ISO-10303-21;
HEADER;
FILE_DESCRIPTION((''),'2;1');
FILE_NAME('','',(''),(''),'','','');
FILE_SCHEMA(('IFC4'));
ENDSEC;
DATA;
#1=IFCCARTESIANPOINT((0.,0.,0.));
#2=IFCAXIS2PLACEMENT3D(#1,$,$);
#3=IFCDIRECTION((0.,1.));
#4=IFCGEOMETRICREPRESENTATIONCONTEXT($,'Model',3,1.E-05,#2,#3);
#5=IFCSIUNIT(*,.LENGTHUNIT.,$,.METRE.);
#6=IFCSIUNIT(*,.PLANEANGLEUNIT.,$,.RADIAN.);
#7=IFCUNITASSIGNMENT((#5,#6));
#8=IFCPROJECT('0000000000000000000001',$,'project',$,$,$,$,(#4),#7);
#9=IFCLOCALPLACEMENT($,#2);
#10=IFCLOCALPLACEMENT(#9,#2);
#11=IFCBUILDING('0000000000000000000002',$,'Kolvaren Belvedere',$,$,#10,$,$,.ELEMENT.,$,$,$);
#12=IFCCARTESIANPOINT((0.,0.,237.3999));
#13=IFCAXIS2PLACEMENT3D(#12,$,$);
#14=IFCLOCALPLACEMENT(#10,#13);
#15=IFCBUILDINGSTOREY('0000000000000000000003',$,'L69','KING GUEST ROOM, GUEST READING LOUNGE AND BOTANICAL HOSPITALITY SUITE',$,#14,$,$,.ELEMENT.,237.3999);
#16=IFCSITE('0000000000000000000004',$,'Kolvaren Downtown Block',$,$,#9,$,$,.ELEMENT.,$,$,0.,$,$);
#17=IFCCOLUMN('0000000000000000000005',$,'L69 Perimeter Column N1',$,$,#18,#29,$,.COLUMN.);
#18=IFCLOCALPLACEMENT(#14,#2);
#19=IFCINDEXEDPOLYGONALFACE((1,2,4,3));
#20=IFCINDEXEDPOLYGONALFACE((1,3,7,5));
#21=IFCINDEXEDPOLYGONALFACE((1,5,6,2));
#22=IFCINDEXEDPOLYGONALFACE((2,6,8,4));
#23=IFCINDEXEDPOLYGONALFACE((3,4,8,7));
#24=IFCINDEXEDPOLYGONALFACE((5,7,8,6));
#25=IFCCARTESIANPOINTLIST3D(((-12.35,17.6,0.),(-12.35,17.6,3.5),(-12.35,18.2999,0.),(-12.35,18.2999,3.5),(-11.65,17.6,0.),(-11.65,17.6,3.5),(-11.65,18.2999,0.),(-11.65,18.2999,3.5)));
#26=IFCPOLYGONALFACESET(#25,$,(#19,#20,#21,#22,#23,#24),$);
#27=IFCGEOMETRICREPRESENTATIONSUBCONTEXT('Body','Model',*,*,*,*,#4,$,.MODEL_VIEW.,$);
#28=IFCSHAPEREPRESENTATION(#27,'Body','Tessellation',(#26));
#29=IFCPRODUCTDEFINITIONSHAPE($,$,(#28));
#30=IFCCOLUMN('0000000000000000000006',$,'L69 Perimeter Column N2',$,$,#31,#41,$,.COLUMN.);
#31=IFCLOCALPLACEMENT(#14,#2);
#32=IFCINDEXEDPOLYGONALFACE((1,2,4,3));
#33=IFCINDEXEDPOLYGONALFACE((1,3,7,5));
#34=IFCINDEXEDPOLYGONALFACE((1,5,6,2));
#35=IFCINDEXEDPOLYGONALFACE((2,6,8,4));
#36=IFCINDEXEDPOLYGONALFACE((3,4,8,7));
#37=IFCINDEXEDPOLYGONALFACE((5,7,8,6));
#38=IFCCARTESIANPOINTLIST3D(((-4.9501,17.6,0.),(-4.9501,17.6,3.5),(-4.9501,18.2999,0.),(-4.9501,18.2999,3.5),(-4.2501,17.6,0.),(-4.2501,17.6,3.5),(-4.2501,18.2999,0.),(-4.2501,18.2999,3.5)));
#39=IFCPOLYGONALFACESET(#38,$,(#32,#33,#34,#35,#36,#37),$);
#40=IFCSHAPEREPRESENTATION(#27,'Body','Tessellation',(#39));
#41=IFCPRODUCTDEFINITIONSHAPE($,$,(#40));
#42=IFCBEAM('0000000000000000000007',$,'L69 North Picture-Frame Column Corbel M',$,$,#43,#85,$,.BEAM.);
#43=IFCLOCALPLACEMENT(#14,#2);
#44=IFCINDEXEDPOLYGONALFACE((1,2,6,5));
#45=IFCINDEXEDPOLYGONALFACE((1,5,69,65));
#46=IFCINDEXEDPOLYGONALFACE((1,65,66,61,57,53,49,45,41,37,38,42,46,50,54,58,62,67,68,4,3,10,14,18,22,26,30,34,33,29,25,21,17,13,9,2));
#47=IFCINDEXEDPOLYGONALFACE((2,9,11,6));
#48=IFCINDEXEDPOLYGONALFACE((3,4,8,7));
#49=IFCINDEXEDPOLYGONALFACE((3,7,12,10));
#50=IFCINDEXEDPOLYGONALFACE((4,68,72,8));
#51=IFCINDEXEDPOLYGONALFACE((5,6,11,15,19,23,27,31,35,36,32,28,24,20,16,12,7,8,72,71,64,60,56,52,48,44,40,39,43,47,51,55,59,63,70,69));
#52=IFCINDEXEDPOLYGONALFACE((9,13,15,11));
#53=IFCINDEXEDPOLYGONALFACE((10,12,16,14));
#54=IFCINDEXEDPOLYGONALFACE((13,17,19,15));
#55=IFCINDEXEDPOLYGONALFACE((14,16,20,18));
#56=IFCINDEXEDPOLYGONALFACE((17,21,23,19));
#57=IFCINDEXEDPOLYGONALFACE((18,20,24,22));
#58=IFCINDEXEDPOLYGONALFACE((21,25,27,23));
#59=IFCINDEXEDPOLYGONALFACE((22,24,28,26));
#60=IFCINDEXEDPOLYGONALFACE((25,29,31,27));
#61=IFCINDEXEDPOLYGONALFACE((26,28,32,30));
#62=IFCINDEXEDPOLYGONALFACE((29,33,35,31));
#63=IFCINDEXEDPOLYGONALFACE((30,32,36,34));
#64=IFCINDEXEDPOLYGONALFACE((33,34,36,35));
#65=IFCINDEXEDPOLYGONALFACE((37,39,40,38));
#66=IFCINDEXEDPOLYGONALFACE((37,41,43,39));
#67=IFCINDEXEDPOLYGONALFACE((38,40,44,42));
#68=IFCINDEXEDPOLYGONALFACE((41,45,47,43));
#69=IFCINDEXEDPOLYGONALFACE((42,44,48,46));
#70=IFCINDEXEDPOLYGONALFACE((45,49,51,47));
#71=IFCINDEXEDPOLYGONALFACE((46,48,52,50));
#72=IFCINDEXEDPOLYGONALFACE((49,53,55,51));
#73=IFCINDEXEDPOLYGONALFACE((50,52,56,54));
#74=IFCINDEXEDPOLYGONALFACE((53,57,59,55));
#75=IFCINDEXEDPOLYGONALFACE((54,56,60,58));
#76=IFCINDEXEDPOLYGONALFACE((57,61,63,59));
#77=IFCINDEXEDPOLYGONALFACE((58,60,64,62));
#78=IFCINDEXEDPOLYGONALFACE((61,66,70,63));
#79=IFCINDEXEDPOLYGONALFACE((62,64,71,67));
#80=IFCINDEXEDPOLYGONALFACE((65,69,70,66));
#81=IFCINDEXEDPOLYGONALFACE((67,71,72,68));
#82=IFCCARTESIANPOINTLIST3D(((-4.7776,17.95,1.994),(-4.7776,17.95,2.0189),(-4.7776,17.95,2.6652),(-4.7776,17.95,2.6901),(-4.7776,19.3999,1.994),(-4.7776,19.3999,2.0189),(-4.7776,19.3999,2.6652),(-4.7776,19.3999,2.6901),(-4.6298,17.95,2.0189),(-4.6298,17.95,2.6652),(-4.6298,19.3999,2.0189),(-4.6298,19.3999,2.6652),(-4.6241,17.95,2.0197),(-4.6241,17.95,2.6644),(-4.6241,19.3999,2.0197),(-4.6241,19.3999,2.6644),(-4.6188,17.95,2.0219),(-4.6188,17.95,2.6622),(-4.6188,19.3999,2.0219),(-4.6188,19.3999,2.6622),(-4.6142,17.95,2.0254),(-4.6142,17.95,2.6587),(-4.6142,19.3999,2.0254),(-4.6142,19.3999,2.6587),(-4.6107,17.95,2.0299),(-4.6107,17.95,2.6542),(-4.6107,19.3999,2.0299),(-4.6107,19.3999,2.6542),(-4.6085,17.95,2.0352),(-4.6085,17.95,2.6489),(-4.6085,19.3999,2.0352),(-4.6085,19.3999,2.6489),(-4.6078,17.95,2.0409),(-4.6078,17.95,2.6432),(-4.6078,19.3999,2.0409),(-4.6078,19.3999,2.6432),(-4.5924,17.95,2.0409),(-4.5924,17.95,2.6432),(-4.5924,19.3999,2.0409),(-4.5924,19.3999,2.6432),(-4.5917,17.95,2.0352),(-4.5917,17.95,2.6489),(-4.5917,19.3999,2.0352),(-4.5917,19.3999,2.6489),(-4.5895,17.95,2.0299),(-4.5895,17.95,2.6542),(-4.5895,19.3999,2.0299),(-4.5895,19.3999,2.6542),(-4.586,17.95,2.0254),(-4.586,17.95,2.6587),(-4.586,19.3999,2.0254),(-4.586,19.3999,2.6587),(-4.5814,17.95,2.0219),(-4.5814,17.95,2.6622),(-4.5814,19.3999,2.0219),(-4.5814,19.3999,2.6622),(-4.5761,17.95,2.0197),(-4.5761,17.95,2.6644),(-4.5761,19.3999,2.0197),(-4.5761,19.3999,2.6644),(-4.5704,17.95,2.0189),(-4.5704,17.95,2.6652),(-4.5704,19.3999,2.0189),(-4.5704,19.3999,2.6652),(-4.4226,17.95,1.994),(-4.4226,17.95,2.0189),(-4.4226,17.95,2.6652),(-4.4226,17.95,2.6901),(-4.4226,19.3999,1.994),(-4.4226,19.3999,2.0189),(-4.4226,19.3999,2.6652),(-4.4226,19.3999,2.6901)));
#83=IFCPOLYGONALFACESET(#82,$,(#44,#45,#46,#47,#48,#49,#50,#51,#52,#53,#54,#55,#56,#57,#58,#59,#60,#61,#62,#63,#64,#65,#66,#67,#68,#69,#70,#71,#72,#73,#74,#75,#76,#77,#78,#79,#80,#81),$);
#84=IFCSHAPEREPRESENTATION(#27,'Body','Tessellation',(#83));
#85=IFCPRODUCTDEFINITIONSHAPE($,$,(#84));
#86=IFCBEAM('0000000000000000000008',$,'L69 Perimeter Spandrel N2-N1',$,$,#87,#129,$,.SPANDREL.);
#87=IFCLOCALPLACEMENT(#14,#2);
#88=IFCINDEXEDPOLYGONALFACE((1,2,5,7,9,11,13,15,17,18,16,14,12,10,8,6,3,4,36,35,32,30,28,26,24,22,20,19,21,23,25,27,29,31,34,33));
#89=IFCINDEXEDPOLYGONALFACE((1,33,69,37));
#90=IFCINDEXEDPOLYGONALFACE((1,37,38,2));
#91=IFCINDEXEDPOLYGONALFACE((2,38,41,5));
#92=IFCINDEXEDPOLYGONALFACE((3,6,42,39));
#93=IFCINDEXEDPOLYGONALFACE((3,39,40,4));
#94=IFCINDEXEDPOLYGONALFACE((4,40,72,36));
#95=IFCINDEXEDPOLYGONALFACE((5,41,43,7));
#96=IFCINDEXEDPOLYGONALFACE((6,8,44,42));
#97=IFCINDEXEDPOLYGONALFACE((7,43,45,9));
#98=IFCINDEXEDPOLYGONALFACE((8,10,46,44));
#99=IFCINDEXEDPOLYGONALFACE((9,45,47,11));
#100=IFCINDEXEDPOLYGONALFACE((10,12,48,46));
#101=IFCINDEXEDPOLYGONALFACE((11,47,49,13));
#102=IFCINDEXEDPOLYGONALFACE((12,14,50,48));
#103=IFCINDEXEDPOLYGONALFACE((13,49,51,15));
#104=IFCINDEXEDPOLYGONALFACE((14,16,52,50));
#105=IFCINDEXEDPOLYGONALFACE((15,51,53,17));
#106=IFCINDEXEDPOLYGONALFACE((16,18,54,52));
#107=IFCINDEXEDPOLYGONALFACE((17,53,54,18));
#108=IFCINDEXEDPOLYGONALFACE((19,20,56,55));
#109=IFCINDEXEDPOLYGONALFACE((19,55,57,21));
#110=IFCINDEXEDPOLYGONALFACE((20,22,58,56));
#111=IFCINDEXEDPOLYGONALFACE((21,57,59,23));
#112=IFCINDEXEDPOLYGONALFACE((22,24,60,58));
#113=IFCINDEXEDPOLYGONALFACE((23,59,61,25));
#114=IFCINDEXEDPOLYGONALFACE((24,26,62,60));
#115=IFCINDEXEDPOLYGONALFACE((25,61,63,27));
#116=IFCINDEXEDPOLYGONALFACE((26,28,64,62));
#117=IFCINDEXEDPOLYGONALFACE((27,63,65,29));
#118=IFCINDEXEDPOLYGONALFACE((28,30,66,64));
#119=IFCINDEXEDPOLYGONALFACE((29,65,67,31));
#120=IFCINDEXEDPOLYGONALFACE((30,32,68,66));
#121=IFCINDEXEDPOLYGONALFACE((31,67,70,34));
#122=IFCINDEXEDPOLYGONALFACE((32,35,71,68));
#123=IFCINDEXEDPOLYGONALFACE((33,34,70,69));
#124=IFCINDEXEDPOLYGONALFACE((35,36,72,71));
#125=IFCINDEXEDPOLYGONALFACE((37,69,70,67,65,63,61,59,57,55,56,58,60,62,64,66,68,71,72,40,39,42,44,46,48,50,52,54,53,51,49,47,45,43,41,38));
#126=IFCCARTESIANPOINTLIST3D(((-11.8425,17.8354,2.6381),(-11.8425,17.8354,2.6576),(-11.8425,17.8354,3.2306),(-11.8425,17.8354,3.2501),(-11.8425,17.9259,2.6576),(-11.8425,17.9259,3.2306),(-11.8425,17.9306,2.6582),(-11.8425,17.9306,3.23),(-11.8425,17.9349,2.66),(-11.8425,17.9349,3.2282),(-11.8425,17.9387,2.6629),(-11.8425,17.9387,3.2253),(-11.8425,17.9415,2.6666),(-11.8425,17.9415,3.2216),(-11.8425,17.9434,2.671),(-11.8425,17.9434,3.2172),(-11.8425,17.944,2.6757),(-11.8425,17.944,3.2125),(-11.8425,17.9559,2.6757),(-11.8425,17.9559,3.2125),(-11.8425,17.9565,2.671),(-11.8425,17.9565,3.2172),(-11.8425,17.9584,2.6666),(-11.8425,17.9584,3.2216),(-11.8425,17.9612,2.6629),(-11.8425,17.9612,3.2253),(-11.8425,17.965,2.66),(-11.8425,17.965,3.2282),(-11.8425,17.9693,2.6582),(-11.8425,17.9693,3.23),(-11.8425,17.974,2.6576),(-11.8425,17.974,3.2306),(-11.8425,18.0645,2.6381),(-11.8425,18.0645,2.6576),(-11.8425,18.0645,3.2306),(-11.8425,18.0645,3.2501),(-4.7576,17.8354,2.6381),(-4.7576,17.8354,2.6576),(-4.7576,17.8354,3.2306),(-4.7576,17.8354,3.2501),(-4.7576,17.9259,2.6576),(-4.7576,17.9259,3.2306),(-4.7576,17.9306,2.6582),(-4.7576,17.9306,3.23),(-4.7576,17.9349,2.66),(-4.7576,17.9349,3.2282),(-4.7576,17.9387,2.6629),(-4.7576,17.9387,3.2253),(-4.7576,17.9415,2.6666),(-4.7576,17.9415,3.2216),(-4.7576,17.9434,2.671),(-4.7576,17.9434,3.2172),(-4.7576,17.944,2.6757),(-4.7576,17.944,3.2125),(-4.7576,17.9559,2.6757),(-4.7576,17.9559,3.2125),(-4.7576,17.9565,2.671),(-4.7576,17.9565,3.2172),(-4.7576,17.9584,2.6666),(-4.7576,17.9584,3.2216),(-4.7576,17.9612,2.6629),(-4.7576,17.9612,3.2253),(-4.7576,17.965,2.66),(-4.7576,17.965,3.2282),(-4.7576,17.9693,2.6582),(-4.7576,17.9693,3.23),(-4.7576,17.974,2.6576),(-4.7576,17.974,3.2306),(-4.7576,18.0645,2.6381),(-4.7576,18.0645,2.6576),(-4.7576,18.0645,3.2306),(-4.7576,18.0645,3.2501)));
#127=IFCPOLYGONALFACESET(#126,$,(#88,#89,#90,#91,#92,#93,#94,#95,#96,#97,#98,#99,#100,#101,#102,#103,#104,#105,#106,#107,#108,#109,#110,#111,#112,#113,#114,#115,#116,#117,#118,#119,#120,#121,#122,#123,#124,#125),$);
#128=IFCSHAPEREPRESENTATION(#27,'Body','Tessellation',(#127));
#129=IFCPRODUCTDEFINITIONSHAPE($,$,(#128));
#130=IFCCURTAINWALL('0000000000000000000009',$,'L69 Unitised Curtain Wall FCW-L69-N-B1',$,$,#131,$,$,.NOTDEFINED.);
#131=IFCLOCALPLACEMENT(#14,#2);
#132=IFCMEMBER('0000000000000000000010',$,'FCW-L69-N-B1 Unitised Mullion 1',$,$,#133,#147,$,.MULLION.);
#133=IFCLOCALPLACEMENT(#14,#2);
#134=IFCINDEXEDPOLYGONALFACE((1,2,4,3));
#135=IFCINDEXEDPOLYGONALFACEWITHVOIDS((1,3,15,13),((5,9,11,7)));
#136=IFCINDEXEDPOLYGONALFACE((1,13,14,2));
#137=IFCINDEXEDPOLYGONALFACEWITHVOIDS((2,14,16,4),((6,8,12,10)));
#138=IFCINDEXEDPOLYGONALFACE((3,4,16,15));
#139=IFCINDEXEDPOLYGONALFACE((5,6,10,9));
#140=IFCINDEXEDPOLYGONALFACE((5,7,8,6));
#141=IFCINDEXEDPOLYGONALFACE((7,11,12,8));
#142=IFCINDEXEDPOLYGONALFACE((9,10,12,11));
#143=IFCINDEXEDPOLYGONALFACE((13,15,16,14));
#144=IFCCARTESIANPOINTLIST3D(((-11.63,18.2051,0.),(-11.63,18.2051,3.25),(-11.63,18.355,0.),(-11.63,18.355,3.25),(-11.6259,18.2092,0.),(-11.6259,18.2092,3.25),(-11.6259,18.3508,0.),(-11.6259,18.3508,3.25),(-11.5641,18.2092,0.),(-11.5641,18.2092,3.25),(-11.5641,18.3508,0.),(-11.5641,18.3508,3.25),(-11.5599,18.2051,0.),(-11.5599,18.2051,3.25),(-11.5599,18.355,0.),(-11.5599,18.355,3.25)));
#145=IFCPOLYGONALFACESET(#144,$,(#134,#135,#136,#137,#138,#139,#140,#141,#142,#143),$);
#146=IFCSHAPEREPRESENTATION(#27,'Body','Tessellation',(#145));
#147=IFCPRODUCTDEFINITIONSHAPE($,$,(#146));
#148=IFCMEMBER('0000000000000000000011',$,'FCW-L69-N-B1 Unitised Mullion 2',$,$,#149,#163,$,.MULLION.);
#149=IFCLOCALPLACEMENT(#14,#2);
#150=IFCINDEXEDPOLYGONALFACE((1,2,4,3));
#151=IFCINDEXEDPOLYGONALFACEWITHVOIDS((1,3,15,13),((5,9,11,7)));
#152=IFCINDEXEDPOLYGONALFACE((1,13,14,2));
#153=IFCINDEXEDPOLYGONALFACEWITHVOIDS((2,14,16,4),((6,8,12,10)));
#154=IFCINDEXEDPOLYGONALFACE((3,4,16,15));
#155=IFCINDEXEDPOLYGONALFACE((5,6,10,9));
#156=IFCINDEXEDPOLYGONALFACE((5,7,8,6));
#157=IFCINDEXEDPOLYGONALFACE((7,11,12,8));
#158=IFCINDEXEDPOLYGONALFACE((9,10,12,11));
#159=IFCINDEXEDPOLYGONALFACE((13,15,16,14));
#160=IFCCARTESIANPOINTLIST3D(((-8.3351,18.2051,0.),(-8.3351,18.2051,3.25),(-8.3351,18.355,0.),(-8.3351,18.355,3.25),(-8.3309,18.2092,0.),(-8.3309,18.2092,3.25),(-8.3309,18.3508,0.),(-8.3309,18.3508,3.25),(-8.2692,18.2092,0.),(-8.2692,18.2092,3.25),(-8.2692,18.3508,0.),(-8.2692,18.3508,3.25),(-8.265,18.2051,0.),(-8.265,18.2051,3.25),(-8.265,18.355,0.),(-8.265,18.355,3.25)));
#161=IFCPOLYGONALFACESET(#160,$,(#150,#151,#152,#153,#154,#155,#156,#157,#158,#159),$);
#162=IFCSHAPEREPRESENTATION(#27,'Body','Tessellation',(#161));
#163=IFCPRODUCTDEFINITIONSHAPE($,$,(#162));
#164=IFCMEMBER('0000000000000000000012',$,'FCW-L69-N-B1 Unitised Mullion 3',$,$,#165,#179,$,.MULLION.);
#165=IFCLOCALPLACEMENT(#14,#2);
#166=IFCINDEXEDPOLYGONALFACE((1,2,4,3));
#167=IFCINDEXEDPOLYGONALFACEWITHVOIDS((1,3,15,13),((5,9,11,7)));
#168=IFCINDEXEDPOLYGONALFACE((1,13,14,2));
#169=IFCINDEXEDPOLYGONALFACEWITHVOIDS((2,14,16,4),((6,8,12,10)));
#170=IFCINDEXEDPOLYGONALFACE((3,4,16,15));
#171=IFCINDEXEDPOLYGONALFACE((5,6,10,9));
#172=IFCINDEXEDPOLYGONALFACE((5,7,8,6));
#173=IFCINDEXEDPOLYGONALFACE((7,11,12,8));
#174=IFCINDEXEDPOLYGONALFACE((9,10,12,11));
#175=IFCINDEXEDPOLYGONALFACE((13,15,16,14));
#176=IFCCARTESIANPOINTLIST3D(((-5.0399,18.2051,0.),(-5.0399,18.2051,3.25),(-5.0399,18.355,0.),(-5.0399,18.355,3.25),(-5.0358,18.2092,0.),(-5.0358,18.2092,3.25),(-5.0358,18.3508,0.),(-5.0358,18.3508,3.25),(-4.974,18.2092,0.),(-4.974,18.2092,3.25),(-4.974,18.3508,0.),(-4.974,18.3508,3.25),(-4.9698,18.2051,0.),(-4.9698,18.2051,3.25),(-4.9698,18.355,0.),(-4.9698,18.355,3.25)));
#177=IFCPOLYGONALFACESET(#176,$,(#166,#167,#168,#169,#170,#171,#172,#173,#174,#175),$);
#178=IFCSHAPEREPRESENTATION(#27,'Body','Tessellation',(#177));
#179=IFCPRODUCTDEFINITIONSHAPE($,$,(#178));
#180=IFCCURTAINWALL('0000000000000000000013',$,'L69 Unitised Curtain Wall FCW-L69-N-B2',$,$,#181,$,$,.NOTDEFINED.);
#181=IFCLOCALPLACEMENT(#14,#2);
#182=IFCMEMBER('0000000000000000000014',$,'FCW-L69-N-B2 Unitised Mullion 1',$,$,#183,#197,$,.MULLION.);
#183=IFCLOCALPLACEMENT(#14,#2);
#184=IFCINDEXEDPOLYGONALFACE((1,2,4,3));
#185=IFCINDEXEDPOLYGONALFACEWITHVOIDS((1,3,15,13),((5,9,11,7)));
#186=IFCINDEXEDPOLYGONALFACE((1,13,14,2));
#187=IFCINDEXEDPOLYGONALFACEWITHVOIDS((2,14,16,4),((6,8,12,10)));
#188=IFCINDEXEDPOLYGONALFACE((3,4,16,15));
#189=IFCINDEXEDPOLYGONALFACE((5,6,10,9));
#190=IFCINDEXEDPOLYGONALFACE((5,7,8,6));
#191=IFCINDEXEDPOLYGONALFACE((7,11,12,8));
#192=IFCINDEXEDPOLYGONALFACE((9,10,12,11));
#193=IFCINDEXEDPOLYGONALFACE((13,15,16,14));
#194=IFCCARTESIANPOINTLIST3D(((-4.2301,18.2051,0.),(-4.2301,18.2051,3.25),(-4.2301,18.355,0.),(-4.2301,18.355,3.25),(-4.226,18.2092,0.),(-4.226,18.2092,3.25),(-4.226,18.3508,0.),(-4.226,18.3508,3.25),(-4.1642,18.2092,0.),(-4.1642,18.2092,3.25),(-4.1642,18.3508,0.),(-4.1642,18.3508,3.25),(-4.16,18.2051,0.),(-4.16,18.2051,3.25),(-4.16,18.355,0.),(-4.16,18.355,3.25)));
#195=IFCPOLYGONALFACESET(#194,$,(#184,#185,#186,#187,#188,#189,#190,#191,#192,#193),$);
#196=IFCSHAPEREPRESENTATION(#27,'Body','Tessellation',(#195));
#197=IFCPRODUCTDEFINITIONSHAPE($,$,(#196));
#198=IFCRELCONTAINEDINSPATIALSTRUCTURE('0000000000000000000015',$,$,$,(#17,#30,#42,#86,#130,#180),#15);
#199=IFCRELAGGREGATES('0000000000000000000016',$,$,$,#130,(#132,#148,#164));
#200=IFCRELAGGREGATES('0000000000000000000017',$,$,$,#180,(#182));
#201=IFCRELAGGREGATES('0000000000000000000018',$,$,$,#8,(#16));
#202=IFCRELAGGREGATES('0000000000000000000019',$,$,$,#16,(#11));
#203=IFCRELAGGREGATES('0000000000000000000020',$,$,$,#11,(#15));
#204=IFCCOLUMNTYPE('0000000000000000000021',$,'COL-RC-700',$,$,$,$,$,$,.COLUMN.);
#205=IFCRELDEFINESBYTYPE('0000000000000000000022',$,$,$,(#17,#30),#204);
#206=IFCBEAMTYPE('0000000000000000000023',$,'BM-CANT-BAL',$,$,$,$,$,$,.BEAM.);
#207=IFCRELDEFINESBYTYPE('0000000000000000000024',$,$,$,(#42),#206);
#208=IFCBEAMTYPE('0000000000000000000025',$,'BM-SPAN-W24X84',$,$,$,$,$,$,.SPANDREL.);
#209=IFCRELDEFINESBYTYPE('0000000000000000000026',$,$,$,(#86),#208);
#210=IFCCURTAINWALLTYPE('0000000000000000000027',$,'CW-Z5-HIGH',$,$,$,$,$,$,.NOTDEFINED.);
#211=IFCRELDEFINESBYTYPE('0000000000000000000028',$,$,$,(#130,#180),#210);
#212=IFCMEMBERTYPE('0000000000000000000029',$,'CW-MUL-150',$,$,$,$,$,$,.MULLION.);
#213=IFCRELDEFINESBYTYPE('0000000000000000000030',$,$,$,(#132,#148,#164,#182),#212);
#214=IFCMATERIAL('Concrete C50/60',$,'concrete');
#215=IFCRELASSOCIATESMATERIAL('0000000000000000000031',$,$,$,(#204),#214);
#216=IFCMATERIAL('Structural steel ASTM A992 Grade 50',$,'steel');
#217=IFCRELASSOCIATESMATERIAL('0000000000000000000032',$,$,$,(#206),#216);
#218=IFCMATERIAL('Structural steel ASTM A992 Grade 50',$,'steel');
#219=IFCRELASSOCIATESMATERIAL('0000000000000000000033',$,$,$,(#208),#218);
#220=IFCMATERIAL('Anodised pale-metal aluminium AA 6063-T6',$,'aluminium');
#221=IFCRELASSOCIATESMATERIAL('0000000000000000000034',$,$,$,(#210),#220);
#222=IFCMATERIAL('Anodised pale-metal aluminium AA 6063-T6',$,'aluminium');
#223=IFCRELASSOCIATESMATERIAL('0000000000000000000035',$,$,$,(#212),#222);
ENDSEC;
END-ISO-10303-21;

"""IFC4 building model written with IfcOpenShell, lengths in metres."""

from ifc_helpers import new_model, si_unit, direction, frame, origin, origin_2d, place, context, subcontext, project, spatial, rectangle, hollow_rectangle, i_section, extrude, material, material_profile, profile_set, type_object, element, aggregate, save


model = new_model("IFC4")

# Units and contexts
model_context = context("Model", 3, precision=1e-05, world=origin(), true_north=direction((0.0, 1.0)))
body_context = subcontext(model_context, "Body", "Model", "MODEL_VIEW")
ifc_project = project(units=[si_unit("LENGTHUNIT", "METRE"), si_unit("PLANEANGLEUNIT", "RADIAN")], contexts=[model_context])

# Site, building, storey
site_placement = place(None, origin())
site = spatial("IfcSite", under=ifc_project, at=site_placement, Name="Kolvaren Downtown Block", CompositionType="ELEMENT", RefElevation=0.0)
building_placement = place(site_placement, origin())
building = spatial("IfcBuilding", under=site, at=building_placement, Name="Kolvaren Belvedere", CompositionType="ELEMENT")
storey_placement = place(building_placement, frame((0.0, 0.0, 237.3999)))
storey = spatial("IfcBuildingStorey", under=building, at=storey_placement, Name="L69", Description="KING GUEST ROOM, GUEST READING LOUNGE AND BOTANICAL HOSPITALITY SUITE", CompositionType="ELEMENT", Elevation=237.3999)

# Columns
ifc_material_1 = material(Name="Concrete C50/60", Category="concrete")
ifc_material_profile_1 = material_profile(ifc_material_1, rectangle(XDim=0.7, YDim=0.7, at=origin_2d()), Name="RC 700X700")
ifc_profile_set_1 = profile_set([ifc_material_profile_1], Name="Concrete C50/60")
column_type = type_object("IfcColumnType", Name="COL-RC-700", PredefinedType="COLUMN", material=ifc_profile_set_1)
for number, where, z_axis, x_axis, name in (
    (1, (-12.0, 17.95, 0.0), (0.0, 0.0, 1.0), (1.0, 0.0, 0.0), "L69 Perimeter Column N1"),
    (2, (-4.6001, 17.95, 0.0), (0.0, 0.0, 1.0), (1.0, 0.0, 0.0), "L69 Perimeter Column N2"),
):
    element("IfcColumn", number, at=place(storey_placement, frame(where, z_axis=z_axis, x_axis=x_axis)), inside=storey, type_object=column_type, Name=name, PredefinedType="COLUMN", context=body_context, shape_type="SweptSolid", body=[
        extrude(rectangle(XDim=0.7, YDim=0.7, at=origin_2d()), origin(), (0.0, 0.0, 1.0), 3.5),
    ])

# Beams
ifc_material_2 = material(Name="Structural steel ASTM A992 Grade 50", Category="steel")
ifc_material_profile_2 = material_profile(ifc_material_2, i_section(OverallWidth=0.355, OverallDepth=0.696, WebThickness=0.0154, FlangeThickness=0.0249, FilletRadius=0.022, at=origin_2d()), Name="W27X146")
ifc_profile_set_2 = profile_set([ifc_material_profile_2], Name="Structural steel ASTM A992 Grade 50")
beam_type_1 = type_object("IfcBeamType", Name="BM-CANT-BAL", PredefinedType="BEAM", material=ifc_profile_set_2)
beam_1_placement = place(storey_placement, frame((-4.6001, 17.95, 2.342), z_axis=(0.0, 1.0, 0.0), x_axis=(-1.0, 0.0, 0.0)))
element("IfcBeam", 3, at=beam_1_placement, inside=storey, type_object=beam_type_1, Name="L69 North Picture-Frame Column Corbel M", PredefinedType="BEAM", context=body_context, shape_type="SweptSolid", body=[
    extrude(i_section(OverallWidth=0.355, OverallDepth=0.696, WebThickness=0.0154, FlangeThickness=0.0249, FilletRadius=0.022, at=origin_2d()), origin(), (0.0, 0.0, 1.0), 1.45),
])
ifc_material_3 = material(Name="Structural steel ASTM A992 Grade 50", Category="steel")
ifc_material_profile_3 = material_profile(ifc_material_3, i_section(OverallWidth=0.229, OverallDepth=0.6121, WebThickness=0.012, FlangeThickness=0.0195, FilletRadius=0.0181, at=origin_2d()), Name="W24X84")
ifc_profile_set_3 = profile_set([ifc_material_profile_3], Name="Structural steel ASTM A992 Grade 50")
beam_type_2 = type_object("IfcBeamType", Name="BM-SPAN-W24X84", PredefinedType="SPANDREL", material=ifc_profile_set_3)
beam_2_placement = place(storey_placement, frame((-4.7576, 17.95, 2.9441), z_axis=(-1.0, 0.0, 0.0), x_axis=(0.0, -1.0, 0.0)))
element("IfcBeam", 4, at=beam_2_placement, inside=storey, type_object=beam_type_2, Name="L69 Perimeter Spandrel N2-N1", PredefinedType="SPANDREL", context=body_context, shape_type="SweptSolid", body=[
    extrude(i_section(OverallWidth=0.229, OverallDepth=0.6121, WebThickness=0.012, FlangeThickness=0.0195, FilletRadius=0.0181, at=origin_2d()), origin(), (0.0, 0.0, 1.0), 7.085),
])

# Curtain wall, members
ifc_material_4 = material(Name="Anodised pale-metal aluminium AA 6063-T6", Category="aluminium")
curtain_wall_type = type_object("IfcCurtainWallType", Name="CW-Z5-HIGH", PredefinedType="NOTDEFINED", material=ifc_material_4)
curtain_wall_1_placement = place(storey_placement, origin())
curtain_wall_1 = element("IfcCurtainWall", 5, at=curtain_wall_1_placement, inside=storey, type_object=curtain_wall_type, Name="L69 Unitised Curtain Wall FCW-L69-N-B1", PredefinedType="NOTDEFINED")
ifc_material_5 = material(Name="Anodised pale-metal aluminium AA 6063-T6", Category="aluminium")
ifc_material_profile_4 = material_profile(ifc_material_5, hollow_rectangle(XDim=0.0701, YDim=0.1499, WallThickness=0.0042, at=origin_2d()), Name="ALU-MUL-150X70")
ifc_profile_set_4 = profile_set([ifc_material_profile_4], Name="Anodised pale-metal aluminium AA 6063-T6")
member_type_1 = type_object("IfcMemberType", Name="CW-MUL-150", PredefinedType="MULLION", material=ifc_profile_set_4)
member_1_placement = place(storey_placement, frame((-11.595, 18.28, 0.0), z_axis=(0.0, 0.0, 1.0), x_axis=(1.0, 0.0, 0.0)))
member_1 = element("IfcMember", 6, at=member_1_placement, type_object=member_type_1, Name="FCW-L69-N-B1 Unitised Mullion 1", PredefinedType="MULLION", context=body_context, shape_type="SweptSolid", body=[
    extrude(hollow_rectangle(XDim=0.0701, YDim=0.1499, WallThickness=0.0042, at=origin_2d()), origin(), (0.0, 0.0, 1.0), 3.25),
])
member_2_placement = place(storey_placement, frame((-8.3, 18.28, 0.0), z_axis=(0.0, 0.0, 1.0), x_axis=(1.0, 0.0, 0.0)))
member_2 = element("IfcMember", 7, at=member_2_placement, type_object=member_type_1, Name="FCW-L69-N-B1 Unitised Mullion 2", PredefinedType="MULLION", context=body_context, shape_type="SweptSolid", body=[
    extrude(hollow_rectangle(XDim=0.0701, YDim=0.1499, WallThickness=0.0042, at=origin_2d()), origin(), (0.0, 0.0, 1.0), 3.25),
])
member_3_placement = place(storey_placement, frame((-5.0049, 18.28, 0.0), z_axis=(0.0, 0.0, 1.0), x_axis=(1.0, 0.0, 0.0)))
member_3 = element("IfcMember", 8, at=member_3_placement, type_object=member_type_1, Name="FCW-L69-N-B1 Unitised Mullion 3", PredefinedType="MULLION", context=body_context, shape_type="SweptSolid", body=[
    extrude(hollow_rectangle(XDim=0.0701, YDim=0.1499, WallThickness=0.0042, at=origin_2d()), origin(), (0.0, 0.0, 1.0), 3.25),
])

# Curtain wall, member
curtain_wall_2_placement = place(storey_placement, origin())
curtain_wall_2 = element("IfcCurtainWall", 9, at=curtain_wall_2_placement, inside=storey, type_object=curtain_wall_type, Name="L69 Unitised Curtain Wall FCW-L69-N-B2", PredefinedType="NOTDEFINED")
member_4_placement = place(storey_placement, frame((-4.1951, 18.28, 0.0), z_axis=(0.0, 0.0, 1.0), x_axis=(1.0, 0.0, 0.0)))
member_4 = element("IfcMember", 10, at=member_4_placement, type_object=member_type_1, Name="FCW-L69-N-B2 Unitised Mullion 1", PredefinedType="MULLION", context=body_context, shape_type="SweptSolid", body=[
    extrude(hollow_rectangle(XDim=0.0701, YDim=0.1499, WallThickness=0.0042, at=origin_2d()), origin(), (0.0, 0.0, 1.0), 3.25),
])

aggregate(curtain_wall_1, [member_1, member_2, member_3])
aggregate(curtain_wall_2, [member_4])

save(model, "model.ifc")
